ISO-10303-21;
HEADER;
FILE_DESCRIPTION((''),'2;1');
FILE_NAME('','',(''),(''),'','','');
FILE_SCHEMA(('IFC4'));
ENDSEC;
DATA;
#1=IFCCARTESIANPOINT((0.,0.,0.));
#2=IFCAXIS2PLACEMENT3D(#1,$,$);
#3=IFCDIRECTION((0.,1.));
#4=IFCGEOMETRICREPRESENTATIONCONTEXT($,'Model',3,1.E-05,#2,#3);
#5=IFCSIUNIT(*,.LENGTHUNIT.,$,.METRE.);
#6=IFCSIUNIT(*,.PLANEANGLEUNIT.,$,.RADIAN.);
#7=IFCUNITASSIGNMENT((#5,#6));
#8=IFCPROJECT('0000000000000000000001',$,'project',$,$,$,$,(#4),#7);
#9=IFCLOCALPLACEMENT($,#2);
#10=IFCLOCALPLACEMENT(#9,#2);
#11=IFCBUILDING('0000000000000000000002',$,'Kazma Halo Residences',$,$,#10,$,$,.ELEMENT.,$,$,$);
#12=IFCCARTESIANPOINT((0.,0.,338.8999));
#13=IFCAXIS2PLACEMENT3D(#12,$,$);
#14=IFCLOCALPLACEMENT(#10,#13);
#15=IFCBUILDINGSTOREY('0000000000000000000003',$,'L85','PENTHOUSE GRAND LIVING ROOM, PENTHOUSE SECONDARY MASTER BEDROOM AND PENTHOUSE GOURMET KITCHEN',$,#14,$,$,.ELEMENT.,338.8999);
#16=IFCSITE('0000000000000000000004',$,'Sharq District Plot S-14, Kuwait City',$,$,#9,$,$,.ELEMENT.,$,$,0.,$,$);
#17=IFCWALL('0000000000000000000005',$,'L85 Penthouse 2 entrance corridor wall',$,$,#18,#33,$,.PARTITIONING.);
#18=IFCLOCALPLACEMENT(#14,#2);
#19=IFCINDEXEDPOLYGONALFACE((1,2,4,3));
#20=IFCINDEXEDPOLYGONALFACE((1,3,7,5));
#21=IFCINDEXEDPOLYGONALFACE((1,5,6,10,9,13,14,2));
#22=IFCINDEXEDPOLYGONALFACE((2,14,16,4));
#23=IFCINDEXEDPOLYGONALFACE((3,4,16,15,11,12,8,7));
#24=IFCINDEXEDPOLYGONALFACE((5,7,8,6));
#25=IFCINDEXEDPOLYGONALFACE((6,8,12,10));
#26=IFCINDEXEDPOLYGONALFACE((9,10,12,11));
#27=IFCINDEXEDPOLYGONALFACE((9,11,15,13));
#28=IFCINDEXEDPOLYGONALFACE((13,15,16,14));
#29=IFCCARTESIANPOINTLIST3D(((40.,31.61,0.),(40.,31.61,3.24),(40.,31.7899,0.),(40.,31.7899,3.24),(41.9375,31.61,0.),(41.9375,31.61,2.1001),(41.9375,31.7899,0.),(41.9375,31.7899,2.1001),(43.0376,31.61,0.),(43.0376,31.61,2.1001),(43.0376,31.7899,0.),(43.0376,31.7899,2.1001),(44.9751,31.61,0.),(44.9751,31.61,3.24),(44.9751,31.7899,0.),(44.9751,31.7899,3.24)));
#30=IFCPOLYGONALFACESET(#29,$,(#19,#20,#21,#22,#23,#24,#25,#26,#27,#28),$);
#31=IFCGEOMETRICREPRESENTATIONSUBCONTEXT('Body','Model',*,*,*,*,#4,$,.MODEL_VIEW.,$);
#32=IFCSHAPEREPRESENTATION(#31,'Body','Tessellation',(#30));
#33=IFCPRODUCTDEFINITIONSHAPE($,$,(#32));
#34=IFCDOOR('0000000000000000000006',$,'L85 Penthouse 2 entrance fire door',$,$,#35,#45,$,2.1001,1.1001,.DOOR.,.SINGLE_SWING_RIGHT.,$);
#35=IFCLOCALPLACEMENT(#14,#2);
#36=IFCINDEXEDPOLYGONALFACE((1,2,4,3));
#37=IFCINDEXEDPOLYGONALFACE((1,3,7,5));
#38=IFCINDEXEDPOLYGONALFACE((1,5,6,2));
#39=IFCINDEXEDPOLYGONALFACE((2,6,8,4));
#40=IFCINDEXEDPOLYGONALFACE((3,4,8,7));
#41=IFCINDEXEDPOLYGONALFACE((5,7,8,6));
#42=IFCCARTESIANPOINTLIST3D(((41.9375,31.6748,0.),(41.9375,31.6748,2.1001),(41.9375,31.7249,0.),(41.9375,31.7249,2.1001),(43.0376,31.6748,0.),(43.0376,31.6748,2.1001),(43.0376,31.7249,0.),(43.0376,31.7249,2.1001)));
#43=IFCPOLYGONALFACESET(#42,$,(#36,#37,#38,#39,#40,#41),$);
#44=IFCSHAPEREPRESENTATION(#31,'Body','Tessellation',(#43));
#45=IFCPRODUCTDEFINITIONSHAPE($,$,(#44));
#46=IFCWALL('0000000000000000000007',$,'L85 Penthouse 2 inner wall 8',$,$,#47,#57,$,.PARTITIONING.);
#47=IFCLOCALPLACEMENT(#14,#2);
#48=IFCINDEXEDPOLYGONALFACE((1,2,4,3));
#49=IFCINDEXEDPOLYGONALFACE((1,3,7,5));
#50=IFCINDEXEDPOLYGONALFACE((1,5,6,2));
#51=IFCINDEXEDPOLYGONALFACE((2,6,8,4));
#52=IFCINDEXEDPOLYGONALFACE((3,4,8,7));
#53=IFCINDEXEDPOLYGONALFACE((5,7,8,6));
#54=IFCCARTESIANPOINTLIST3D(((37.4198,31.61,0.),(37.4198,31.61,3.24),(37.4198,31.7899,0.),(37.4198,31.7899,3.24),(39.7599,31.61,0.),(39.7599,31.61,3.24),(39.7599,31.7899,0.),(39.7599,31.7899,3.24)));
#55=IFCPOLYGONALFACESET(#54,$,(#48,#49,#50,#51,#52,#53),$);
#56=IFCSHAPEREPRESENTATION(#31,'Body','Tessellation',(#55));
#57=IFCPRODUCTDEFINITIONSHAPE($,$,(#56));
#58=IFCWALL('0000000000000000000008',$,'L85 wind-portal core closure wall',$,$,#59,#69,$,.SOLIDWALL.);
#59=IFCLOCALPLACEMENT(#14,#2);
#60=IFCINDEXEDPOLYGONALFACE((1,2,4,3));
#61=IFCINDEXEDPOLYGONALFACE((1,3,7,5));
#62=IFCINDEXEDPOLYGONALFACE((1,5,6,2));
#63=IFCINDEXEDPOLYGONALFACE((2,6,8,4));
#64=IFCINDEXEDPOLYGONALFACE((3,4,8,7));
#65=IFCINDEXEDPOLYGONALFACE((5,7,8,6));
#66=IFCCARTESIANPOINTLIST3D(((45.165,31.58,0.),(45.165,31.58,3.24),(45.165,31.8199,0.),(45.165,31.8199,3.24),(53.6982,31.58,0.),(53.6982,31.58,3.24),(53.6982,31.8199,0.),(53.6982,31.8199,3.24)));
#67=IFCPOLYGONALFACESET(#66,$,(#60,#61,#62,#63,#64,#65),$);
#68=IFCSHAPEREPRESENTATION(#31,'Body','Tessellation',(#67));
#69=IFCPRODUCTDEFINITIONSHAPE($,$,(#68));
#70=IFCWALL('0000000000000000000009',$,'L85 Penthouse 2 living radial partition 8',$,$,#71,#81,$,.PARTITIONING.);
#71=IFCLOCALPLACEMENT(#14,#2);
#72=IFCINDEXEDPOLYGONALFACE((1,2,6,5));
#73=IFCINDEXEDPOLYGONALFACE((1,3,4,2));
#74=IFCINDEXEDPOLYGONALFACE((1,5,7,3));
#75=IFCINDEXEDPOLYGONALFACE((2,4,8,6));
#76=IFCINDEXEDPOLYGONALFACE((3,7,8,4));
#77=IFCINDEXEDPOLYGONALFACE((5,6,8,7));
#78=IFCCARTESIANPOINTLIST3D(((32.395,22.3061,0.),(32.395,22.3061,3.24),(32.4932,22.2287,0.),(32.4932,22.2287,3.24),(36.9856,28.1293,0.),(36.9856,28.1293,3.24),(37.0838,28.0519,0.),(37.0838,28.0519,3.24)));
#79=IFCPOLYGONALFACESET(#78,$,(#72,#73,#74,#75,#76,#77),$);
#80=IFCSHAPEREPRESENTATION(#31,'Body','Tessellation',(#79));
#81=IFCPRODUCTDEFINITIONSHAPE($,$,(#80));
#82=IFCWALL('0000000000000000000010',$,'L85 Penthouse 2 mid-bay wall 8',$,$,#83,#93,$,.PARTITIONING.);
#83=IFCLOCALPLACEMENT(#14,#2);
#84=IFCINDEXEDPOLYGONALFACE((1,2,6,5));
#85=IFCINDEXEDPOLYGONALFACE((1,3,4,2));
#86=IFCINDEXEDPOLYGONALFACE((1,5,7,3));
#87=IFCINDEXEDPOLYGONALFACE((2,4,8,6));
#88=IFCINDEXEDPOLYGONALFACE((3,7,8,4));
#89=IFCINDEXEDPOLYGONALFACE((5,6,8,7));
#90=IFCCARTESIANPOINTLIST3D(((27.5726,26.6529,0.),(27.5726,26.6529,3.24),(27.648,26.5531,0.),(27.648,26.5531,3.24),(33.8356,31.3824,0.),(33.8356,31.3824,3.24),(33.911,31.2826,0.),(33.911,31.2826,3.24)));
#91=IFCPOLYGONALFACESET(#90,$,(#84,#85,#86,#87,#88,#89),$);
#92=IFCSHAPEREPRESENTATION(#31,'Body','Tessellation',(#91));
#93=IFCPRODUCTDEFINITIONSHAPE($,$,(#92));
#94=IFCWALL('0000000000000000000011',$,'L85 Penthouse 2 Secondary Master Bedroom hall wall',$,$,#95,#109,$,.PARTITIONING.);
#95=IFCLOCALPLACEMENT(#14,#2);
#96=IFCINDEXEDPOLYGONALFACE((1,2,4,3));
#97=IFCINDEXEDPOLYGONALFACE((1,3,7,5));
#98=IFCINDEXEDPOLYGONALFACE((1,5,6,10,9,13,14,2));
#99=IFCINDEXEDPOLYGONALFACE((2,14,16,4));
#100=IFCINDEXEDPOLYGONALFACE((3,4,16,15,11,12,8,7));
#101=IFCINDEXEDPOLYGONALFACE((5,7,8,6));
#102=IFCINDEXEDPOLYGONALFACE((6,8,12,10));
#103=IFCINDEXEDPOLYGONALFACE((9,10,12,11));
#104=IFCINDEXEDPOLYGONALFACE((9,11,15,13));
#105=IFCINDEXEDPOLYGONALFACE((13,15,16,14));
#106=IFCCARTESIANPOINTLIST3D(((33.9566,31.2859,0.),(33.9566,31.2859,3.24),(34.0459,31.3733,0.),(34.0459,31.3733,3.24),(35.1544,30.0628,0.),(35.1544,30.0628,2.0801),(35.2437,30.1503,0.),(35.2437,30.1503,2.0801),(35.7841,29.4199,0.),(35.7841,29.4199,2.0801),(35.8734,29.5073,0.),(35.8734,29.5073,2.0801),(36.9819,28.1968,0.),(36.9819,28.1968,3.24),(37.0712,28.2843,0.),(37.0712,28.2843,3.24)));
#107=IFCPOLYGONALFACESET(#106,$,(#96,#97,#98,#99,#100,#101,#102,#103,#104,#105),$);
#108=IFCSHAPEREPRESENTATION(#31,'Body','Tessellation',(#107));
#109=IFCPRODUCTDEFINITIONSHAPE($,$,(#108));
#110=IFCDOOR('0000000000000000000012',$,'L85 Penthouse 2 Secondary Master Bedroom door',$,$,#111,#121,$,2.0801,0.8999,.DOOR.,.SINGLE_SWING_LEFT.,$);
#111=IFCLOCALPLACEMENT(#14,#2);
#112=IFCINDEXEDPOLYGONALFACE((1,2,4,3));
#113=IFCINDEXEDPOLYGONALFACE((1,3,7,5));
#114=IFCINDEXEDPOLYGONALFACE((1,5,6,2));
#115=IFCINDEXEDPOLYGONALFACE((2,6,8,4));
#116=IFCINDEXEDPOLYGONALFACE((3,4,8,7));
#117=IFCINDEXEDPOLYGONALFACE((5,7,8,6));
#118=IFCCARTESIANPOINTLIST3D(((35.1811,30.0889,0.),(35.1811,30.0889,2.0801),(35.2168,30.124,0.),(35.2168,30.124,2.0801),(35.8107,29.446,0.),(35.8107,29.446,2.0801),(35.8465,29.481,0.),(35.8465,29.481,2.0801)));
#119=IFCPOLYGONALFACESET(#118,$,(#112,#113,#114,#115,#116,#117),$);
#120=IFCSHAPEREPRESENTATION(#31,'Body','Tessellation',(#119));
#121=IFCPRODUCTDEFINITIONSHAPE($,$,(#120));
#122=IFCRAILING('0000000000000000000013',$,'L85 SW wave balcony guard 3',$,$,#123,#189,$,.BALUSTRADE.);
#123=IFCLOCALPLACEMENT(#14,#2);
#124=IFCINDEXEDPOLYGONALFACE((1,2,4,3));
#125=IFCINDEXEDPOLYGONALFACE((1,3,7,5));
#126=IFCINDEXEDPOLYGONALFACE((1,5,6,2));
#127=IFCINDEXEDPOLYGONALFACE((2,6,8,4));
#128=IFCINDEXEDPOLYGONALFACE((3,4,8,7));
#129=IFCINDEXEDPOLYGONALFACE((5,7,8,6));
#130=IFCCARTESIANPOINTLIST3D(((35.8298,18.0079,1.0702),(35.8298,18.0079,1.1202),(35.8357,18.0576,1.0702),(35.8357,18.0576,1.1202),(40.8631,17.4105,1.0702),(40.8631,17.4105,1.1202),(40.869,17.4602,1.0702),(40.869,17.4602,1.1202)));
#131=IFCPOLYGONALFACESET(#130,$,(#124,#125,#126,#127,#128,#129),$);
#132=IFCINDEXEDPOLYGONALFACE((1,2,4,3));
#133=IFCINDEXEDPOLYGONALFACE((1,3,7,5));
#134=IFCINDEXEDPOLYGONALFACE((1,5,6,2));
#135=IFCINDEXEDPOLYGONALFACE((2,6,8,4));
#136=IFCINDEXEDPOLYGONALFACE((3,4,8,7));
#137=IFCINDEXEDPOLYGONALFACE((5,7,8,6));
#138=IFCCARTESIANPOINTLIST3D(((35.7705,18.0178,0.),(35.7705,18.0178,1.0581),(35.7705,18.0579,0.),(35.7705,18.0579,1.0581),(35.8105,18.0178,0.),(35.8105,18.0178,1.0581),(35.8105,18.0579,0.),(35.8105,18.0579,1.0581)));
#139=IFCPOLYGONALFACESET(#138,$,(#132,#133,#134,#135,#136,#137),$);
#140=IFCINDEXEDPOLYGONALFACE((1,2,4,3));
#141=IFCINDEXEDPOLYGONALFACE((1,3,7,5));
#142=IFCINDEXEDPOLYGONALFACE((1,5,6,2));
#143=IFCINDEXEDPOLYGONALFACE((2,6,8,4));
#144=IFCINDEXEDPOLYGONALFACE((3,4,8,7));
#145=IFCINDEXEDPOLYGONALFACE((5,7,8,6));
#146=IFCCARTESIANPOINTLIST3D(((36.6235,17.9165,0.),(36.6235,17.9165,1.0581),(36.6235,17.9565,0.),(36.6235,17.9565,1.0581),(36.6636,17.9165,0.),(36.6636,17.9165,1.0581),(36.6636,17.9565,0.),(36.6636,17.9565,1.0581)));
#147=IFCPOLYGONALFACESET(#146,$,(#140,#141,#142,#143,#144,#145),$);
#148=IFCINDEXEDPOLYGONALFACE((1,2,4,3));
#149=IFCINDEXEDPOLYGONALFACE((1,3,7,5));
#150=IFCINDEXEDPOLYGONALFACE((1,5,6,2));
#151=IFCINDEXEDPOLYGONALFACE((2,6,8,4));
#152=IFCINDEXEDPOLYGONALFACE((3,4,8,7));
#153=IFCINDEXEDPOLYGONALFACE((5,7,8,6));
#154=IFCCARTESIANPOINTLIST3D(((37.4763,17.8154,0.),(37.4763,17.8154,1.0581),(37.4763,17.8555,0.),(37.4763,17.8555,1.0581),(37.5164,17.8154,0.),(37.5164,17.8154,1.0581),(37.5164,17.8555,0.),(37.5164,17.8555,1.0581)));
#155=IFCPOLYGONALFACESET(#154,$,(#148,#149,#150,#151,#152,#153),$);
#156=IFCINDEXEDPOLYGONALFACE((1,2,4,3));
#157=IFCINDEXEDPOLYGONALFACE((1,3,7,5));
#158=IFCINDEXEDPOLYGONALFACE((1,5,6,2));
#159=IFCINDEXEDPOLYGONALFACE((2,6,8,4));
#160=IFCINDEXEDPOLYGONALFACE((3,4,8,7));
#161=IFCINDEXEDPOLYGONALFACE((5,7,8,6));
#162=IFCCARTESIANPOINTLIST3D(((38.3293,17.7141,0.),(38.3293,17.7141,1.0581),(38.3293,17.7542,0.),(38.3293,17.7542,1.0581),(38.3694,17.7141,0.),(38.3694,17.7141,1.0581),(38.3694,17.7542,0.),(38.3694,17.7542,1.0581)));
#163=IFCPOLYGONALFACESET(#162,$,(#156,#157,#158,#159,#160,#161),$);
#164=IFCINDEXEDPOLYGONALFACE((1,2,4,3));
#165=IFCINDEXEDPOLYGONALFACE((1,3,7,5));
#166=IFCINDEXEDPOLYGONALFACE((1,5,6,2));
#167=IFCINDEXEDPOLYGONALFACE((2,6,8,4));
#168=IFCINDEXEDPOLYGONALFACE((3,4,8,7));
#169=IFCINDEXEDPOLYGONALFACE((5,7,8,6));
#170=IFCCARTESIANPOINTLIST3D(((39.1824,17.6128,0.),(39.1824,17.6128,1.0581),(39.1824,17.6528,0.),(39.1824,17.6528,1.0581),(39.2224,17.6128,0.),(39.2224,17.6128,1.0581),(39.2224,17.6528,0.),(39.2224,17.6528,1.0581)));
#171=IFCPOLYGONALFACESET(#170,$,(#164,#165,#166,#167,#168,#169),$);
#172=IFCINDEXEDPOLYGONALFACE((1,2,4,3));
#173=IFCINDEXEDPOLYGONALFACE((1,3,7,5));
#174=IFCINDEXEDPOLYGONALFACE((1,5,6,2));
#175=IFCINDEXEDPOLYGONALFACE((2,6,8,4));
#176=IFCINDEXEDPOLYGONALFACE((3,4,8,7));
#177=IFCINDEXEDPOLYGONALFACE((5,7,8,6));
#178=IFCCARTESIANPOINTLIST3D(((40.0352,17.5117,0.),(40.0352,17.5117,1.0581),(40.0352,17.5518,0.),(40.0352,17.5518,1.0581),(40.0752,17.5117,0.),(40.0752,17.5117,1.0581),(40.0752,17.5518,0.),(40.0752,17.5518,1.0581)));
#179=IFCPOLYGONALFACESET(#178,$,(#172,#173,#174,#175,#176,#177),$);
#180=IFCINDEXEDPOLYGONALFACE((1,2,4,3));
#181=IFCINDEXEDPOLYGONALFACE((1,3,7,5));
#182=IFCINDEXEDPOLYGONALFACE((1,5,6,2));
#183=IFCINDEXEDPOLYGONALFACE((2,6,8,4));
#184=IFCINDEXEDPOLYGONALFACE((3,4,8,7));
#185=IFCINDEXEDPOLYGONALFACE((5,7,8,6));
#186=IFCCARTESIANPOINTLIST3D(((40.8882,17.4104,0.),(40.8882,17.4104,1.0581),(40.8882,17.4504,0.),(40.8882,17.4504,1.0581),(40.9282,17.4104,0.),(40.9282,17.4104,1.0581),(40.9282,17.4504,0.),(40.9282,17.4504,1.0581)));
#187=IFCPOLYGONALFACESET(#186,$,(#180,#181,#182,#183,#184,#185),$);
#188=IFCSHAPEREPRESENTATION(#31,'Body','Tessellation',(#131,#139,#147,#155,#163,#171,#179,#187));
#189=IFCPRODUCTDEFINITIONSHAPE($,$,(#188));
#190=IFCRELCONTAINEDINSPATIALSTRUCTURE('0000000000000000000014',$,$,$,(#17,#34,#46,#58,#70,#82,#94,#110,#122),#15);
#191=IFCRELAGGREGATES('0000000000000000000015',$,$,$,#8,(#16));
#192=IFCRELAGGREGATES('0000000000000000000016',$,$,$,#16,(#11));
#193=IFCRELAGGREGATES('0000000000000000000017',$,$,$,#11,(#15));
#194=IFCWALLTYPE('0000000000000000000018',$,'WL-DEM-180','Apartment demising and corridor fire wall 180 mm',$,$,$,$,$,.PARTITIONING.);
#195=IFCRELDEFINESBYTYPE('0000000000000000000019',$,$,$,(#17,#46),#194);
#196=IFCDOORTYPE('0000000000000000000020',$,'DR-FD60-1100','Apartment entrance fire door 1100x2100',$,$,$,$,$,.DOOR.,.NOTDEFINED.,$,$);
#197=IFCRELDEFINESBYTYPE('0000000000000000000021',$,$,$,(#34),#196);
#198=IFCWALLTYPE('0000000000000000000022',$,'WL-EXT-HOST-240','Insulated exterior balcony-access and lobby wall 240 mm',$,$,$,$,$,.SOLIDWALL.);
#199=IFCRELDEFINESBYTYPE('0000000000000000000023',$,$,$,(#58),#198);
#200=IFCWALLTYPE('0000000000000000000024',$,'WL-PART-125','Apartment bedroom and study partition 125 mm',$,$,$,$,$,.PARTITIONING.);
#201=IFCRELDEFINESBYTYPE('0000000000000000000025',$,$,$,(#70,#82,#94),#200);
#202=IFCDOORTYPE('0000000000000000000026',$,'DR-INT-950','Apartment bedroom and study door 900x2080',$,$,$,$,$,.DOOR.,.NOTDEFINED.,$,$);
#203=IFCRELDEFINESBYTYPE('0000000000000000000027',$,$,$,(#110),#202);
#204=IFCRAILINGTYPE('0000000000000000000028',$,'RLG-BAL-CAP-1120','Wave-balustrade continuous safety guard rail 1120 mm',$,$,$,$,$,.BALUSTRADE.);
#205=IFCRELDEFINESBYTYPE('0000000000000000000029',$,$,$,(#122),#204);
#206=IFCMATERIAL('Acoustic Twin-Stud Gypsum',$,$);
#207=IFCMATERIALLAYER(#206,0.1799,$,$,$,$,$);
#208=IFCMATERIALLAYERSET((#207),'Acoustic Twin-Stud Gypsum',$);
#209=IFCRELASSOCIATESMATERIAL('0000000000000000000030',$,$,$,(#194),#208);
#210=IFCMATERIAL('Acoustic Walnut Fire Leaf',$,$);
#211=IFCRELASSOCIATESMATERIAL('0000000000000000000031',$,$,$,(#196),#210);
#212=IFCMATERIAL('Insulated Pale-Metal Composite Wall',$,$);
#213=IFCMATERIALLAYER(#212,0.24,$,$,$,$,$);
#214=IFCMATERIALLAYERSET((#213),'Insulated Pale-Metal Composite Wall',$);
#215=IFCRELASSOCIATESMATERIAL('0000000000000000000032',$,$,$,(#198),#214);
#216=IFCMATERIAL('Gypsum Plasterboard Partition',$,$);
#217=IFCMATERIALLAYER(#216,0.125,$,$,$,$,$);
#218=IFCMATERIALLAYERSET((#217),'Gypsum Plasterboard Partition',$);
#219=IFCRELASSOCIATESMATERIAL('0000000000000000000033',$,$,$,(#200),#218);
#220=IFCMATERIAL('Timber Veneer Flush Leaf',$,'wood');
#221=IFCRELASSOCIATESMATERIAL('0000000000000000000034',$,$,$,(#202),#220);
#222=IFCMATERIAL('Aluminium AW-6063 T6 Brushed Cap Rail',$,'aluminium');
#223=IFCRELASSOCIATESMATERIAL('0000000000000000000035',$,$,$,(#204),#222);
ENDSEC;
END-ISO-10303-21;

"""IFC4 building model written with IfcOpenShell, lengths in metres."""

from ifc_helpers import new_model, si_unit, direction, frame, frame_2d, origin, origin_2d, place, context, subcontext, project, spatial, rectangle, extrude, material, layer, layer_set, type_object, element, fill, save


model = new_model("IFC4")

# Units and contexts
model_context = context("Model", 3, precision=1e-05, world=origin(), true_north=direction((0.0, 1.0)))
body_context = subcontext(model_context, "Body", "Model", "MODEL_VIEW")
ifc_project = project(units=[si_unit("LENGTHUNIT", "METRE"), si_unit("PLANEANGLEUNIT", "RADIAN")], contexts=[model_context])

# Site, building, storey
site_placement = place(None, origin())
site = spatial("IfcSite", under=ifc_project, at=site_placement, Name="Sharq District Plot S-14, Kuwait City", CompositionType="ELEMENT", RefElevation=0.0)
building_placement = place(site_placement, origin())
building = spatial("IfcBuilding", under=site, at=building_placement, Name="Kazma Halo Residences", CompositionType="ELEMENT")
storey_placement = place(building_placement, frame((0.0, 0.0, 338.8999)))
storey = spatial("IfcBuildingStorey", under=building, at=storey_placement, Name="L85", Description="PENTHOUSE GRAND LIVING ROOM, PENTHOUSE SECONDARY MASTER BEDROOM AND PENTHOUSE GOURMET KITCHEN", CompositionType="ELEMENT", Elevation=338.8999)

# Shared definitions
ifc_material_1 = material(Name="Acoustic Twin-Stud Gypsum")
ifc_layer_1 = layer(ifc_material_1, 0.1799)
ifc_layer_set_1 = layer_set([ifc_layer_1], Name="Acoustic Twin-Stud Gypsum")
wall_type_1 = type_object("IfcWallType", Name="WL-DEM-180", Description="Apartment demising and corridor fire wall 180 mm", PredefinedType="PARTITIONING", material=ifc_layer_set_1)

# Wall, opening, door
wall_1_placement = place(storey_placement, frame((40.0, 31.7, 0.0), z_axis=(0.0, 0.0, 1.0), x_axis=(1.0, 0.0, 0.0)))
wall_1 = element("IfcWall", 1, at=wall_1_placement, inside=storey, type_object=wall_type_1, Name="L85 Penthouse 2 entrance corridor wall", PredefinedType="PARTITIONING", context=body_context, shape_type="SweptSolid", body=[
    extrude(rectangle(XDim=4.9751, YDim=0.1799, at=frame_2d((2.4875, 0.0))), origin(), (0.0, 0.0, 1.0), 3.24),
])
opening_1_placement = place(wall_1_placement, frame((1.9375, 0.0, 0.0)))
opening_1 = element("IfcOpeningElement", 2, at=opening_1_placement, cuts=wall_1, PredefinedType="OPENING", context=body_context, shape_type="SweptSolid", body=[
    extrude(rectangle(XDim=1.1001, YDim=2.1001, at=frame_2d((0.55, 1.05))), frame((0.0, 0.0999, 0.0), z_axis=(0.0, -1.0, 0.0), x_axis=(1.0, 0.0, 0.0)), (0.0, 0.0, 1.0), 0.2),
])
ifc_material_2 = material(Name="Acoustic Walnut Fire Leaf")
door_type_1 = type_object("IfcDoorType", Name="DR-FD60-1100", Description="Apartment entrance fire door 1100x2100", OperationType="NOTDEFINED", PredefinedType="DOOR", material=ifc_material_2)
door_1_placement = place(opening_1_placement, origin())
door_1 = element("IfcDoor", 3, at=door_1_placement, inside=storey, type_object=door_type_1, Name="L85 Penthouse 2 entrance fire door", OperationType="SINGLE_SWING_RIGHT", OverallHeight=2.1001, OverallWidth=1.1001, PredefinedType="DOOR", context=body_context, shape_type="SweptSolid", body=[
    extrude(rectangle(XDim=1.1001, YDim=2.1001, at=frame_2d((0.55, 1.05))), frame((0.0, 0.0249, 0.0), z_axis=(0.0, -1.0, 0.0), x_axis=(1.0, 0.0, 0.0)), (0.0, 0.0, 1.0), 0.05),
])
fill(opening_1, door_1)

# Walls
wall_2_placement = place(storey_placement, frame((37.4199, 31.7, 0.0), z_axis=(0.0, 0.0, 1.0), x_axis=(1.0, 0.0, 0.0)))
element("IfcWall", 4, at=wall_2_placement, inside=storey, type_object=wall_type_1, Name="L85 Penthouse 2 inner wall 8", PredefinedType="PARTITIONING", context=body_context, shape_type="SweptSolid", body=[
    extrude(rectangle(XDim=2.3401, YDim=0.1799, at=frame_2d((1.1699, 0.0))), origin(), (0.0, 0.0, 1.0), 3.24),
])
ifc_material_3 = material(Name="Insulated Pale-Metal Composite Wall")
ifc_layer_2 = layer(ifc_material_3, 0.24)
ifc_layer_set_2 = layer_set([ifc_layer_2], Name="Insulated Pale-Metal Composite Wall")
wall_type_2 = type_object("IfcWallType", Name="WL-EXT-HOST-240", Description="Insulated exterior balcony-access and lobby wall 240 mm", PredefinedType="SOLIDWALL", material=ifc_layer_set_2)
wall_3_placement = place(storey_placement, frame((45.165, 31.7, 0.0), z_axis=(0.0, 0.0, 1.0), x_axis=(1.0, 0.0, 0.0)))
element("IfcWall", 5, at=wall_3_placement, inside=storey, type_object=wall_type_2, Name="L85 wind-portal core closure wall", PredefinedType="SOLIDWALL", context=body_context, shape_type="SweptSolid", body=[
    extrude(rectangle(XDim=8.5332, YDim=0.24, at=frame_2d((4.2666, 0.0))), origin(), (0.0, 0.0, 1.0), 3.24),
])
ifc_material_4 = material(Name="Gypsum Plasterboard Partition")
ifc_layer_3 = layer(ifc_material_4, 0.125)
ifc_layer_set_3 = layer_set([ifc_layer_3], Name="Gypsum Plasterboard Partition")
wall_type_3 = type_object("IfcWallType", Name="WL-PART-125", Description="Apartment bedroom and study partition 125 mm", PredefinedType="PARTITIONING", material=ifc_layer_set_3)
wall_4_placement = place(storey_placement, frame((37.0347, 28.0906, 0.0), z_axis=(0.0, 0.0, 1.0), x_axis=(-0.619086, -0.785323, 0.0)))
element("IfcWall", 6, at=wall_4_placement, inside=storey, type_object=wall_type_3, Name="L85 Penthouse 2 living radial partition 8", PredefinedType="PARTITIONING", context=body_context, shape_type="SweptSolid", body=[
    extrude(rectangle(XDim=7.415, YDim=0.125, at=frame_2d((3.7075, 0.0))), origin(), (0.0, 0.0, 1.0), 3.24),
])
wall_5_placement = place(storey_placement, frame((33.8733, 31.3325, 0.0), z_axis=(0.0, 0.0, 1.0), x_axis=(-0.798021, -0.60263, 0.0)))
element("IfcWall", 7, at=wall_5_placement, inside=storey, type_object=wall_type_3, Name="L85 Penthouse 2 mid-bay wall 8", PredefinedType="PARTITIONING", context=body_context, shape_type="SweptSolid", body=[
    extrude(rectangle(XDim=7.8481, YDim=0.125, at=frame_2d((3.9241, 0.0))), origin(), (0.0, 0.0, 1.0), 3.24),
])

# Wall, opening, door
wall_6_placement = place(storey_placement, frame((34.0012, 31.3296, 0.0), z_axis=(0.0, 0.0, 1.0), x_axis=(0.6997, -0.714437, 0.0)))
wall_6 = element("IfcWall", 8, at=wall_6_placement, inside=storey, type_object=wall_type_3, Name="L85 Penthouse 2 Secondary Master Bedroom hall wall", PredefinedType="PARTITIONING", context=body_context, shape_type="SweptSolid", body=[
    extrude(rectangle(XDim=4.3237, YDim=0.125, at=frame_2d((2.1619, 0.0))), origin(), (0.0, 0.0, 1.0), 3.24),
])
opening_2_placement = place(wall_6_placement, frame((1.7119, 0.0, 0.0)))
opening_2 = element("IfcOpeningElement", 9, at=opening_2_placement, cuts=wall_6, PredefinedType="OPENING", context=body_context, shape_type="SweptSolid", body=[
    extrude(rectangle(XDim=0.8999, YDim=2.0801, at=frame_2d((0.45, 1.04))), frame((0.0, 0.0725, 0.0), z_axis=(0.0, -1.0, 0.0), x_axis=(1.0, 0.0, 0.0)), (0.0, 0.0, 1.0), 0.145),
])
ifc_material_5 = material(Name="Timber Veneer Flush Leaf", Category="wood")
door_type_2 = type_object("IfcDoorType", Name="DR-INT-950", Description="Apartment bedroom and study door 900x2080", OperationType="NOTDEFINED", PredefinedType="DOOR", material=ifc_material_5)
door_2_placement = place(opening_2_placement, origin())
door_2 = element("IfcDoor", 10, at=door_2_placement, inside=storey, type_object=door_type_2, Name="L85 Penthouse 2 Secondary Master Bedroom door", OperationType="SINGLE_SWING_LEFT", OverallHeight=2.0801, OverallWidth=0.8999, PredefinedType="DOOR", context=body_context, shape_type="SweptSolid", body=[
    extrude(rectangle(XDim=0.8999, YDim=2.0801, at=frame_2d((0.45, 1.04))), frame((0.0, 0.0249, 0.0), z_axis=(0.0, -1.0, 0.0), x_axis=(1.0, 0.0, 0.0)), (0.0, 0.0, 1.0), 0.05),
])
fill(opening_2, door_2)

# Railing
ifc_material_6 = material(Name="Aluminium AW-6063 T6 Brushed Cap Rail", Category="aluminium")
railing_type_1 = type_object("IfcRailingType", Name="RLG-BAL-CAP-1120", Description="Wave-balustrade continuous safety guard rail 1120 mm", PredefinedType="BALUSTRADE", material=ifc_material_6)
railing_1_placement = place(storey_placement, frame((35.7905, 18.0378, 0.0)))
element("IfcRailing", 11, at=railing_1_placement, inside=storey, type_object=railing_type_1, Name="L85 SW wave balcony guard 3", PredefinedType="BALUSTRADE", context=body_context, shape_type="SweptSolid", body=[
    extrude(rectangle(XDim=0.05, YDim=0.05, at=origin_2d()), frame((0.0422, -0.0051, 1.0952), z_axis=(0.99303, -0.117864, 0.0), x_axis=(0.117864, 0.99303, 0.0)), (0.0, 0.0, 1.0), 5.0686),
    extrude(rectangle(XDim=0.04, YDim=0.04, at=origin_2d()), origin(), (0.0, 0.0, 1.0), 1.0581),
    extrude(rectangle(XDim=0.04, YDim=0.04, at=origin_2d()), frame((0.853, -0.1013, 0.0)), (0.0, 0.0, 1.0), 1.0581),
    extrude(rectangle(XDim=0.04, YDim=0.04, at=origin_2d()), frame((1.7058, -0.2024, 0.0)), (0.0, 0.0, 1.0), 1.0581),
    extrude(rectangle(XDim=0.04, YDim=0.04, at=origin_2d()), frame((2.5588, -0.3037, 0.0)), (0.0, 0.0, 1.0), 1.0581),
    extrude(rectangle(XDim=0.04, YDim=0.04, at=origin_2d()), frame((3.4119, -0.405, 0.0)), (0.0, 0.0, 1.0), 1.0581),
    extrude(rectangle(XDim=0.04, YDim=0.04, at=origin_2d()), frame((4.2646, -0.5061, 0.0)), (0.0, 0.0, 1.0), 1.0581),
    extrude(rectangle(XDim=0.04, YDim=0.04, at=origin_2d()), frame((5.1177, -0.6074, 0.0)), (0.0, 0.0, 1.0), 1.0581),
])

save(model, "model.ifc")
